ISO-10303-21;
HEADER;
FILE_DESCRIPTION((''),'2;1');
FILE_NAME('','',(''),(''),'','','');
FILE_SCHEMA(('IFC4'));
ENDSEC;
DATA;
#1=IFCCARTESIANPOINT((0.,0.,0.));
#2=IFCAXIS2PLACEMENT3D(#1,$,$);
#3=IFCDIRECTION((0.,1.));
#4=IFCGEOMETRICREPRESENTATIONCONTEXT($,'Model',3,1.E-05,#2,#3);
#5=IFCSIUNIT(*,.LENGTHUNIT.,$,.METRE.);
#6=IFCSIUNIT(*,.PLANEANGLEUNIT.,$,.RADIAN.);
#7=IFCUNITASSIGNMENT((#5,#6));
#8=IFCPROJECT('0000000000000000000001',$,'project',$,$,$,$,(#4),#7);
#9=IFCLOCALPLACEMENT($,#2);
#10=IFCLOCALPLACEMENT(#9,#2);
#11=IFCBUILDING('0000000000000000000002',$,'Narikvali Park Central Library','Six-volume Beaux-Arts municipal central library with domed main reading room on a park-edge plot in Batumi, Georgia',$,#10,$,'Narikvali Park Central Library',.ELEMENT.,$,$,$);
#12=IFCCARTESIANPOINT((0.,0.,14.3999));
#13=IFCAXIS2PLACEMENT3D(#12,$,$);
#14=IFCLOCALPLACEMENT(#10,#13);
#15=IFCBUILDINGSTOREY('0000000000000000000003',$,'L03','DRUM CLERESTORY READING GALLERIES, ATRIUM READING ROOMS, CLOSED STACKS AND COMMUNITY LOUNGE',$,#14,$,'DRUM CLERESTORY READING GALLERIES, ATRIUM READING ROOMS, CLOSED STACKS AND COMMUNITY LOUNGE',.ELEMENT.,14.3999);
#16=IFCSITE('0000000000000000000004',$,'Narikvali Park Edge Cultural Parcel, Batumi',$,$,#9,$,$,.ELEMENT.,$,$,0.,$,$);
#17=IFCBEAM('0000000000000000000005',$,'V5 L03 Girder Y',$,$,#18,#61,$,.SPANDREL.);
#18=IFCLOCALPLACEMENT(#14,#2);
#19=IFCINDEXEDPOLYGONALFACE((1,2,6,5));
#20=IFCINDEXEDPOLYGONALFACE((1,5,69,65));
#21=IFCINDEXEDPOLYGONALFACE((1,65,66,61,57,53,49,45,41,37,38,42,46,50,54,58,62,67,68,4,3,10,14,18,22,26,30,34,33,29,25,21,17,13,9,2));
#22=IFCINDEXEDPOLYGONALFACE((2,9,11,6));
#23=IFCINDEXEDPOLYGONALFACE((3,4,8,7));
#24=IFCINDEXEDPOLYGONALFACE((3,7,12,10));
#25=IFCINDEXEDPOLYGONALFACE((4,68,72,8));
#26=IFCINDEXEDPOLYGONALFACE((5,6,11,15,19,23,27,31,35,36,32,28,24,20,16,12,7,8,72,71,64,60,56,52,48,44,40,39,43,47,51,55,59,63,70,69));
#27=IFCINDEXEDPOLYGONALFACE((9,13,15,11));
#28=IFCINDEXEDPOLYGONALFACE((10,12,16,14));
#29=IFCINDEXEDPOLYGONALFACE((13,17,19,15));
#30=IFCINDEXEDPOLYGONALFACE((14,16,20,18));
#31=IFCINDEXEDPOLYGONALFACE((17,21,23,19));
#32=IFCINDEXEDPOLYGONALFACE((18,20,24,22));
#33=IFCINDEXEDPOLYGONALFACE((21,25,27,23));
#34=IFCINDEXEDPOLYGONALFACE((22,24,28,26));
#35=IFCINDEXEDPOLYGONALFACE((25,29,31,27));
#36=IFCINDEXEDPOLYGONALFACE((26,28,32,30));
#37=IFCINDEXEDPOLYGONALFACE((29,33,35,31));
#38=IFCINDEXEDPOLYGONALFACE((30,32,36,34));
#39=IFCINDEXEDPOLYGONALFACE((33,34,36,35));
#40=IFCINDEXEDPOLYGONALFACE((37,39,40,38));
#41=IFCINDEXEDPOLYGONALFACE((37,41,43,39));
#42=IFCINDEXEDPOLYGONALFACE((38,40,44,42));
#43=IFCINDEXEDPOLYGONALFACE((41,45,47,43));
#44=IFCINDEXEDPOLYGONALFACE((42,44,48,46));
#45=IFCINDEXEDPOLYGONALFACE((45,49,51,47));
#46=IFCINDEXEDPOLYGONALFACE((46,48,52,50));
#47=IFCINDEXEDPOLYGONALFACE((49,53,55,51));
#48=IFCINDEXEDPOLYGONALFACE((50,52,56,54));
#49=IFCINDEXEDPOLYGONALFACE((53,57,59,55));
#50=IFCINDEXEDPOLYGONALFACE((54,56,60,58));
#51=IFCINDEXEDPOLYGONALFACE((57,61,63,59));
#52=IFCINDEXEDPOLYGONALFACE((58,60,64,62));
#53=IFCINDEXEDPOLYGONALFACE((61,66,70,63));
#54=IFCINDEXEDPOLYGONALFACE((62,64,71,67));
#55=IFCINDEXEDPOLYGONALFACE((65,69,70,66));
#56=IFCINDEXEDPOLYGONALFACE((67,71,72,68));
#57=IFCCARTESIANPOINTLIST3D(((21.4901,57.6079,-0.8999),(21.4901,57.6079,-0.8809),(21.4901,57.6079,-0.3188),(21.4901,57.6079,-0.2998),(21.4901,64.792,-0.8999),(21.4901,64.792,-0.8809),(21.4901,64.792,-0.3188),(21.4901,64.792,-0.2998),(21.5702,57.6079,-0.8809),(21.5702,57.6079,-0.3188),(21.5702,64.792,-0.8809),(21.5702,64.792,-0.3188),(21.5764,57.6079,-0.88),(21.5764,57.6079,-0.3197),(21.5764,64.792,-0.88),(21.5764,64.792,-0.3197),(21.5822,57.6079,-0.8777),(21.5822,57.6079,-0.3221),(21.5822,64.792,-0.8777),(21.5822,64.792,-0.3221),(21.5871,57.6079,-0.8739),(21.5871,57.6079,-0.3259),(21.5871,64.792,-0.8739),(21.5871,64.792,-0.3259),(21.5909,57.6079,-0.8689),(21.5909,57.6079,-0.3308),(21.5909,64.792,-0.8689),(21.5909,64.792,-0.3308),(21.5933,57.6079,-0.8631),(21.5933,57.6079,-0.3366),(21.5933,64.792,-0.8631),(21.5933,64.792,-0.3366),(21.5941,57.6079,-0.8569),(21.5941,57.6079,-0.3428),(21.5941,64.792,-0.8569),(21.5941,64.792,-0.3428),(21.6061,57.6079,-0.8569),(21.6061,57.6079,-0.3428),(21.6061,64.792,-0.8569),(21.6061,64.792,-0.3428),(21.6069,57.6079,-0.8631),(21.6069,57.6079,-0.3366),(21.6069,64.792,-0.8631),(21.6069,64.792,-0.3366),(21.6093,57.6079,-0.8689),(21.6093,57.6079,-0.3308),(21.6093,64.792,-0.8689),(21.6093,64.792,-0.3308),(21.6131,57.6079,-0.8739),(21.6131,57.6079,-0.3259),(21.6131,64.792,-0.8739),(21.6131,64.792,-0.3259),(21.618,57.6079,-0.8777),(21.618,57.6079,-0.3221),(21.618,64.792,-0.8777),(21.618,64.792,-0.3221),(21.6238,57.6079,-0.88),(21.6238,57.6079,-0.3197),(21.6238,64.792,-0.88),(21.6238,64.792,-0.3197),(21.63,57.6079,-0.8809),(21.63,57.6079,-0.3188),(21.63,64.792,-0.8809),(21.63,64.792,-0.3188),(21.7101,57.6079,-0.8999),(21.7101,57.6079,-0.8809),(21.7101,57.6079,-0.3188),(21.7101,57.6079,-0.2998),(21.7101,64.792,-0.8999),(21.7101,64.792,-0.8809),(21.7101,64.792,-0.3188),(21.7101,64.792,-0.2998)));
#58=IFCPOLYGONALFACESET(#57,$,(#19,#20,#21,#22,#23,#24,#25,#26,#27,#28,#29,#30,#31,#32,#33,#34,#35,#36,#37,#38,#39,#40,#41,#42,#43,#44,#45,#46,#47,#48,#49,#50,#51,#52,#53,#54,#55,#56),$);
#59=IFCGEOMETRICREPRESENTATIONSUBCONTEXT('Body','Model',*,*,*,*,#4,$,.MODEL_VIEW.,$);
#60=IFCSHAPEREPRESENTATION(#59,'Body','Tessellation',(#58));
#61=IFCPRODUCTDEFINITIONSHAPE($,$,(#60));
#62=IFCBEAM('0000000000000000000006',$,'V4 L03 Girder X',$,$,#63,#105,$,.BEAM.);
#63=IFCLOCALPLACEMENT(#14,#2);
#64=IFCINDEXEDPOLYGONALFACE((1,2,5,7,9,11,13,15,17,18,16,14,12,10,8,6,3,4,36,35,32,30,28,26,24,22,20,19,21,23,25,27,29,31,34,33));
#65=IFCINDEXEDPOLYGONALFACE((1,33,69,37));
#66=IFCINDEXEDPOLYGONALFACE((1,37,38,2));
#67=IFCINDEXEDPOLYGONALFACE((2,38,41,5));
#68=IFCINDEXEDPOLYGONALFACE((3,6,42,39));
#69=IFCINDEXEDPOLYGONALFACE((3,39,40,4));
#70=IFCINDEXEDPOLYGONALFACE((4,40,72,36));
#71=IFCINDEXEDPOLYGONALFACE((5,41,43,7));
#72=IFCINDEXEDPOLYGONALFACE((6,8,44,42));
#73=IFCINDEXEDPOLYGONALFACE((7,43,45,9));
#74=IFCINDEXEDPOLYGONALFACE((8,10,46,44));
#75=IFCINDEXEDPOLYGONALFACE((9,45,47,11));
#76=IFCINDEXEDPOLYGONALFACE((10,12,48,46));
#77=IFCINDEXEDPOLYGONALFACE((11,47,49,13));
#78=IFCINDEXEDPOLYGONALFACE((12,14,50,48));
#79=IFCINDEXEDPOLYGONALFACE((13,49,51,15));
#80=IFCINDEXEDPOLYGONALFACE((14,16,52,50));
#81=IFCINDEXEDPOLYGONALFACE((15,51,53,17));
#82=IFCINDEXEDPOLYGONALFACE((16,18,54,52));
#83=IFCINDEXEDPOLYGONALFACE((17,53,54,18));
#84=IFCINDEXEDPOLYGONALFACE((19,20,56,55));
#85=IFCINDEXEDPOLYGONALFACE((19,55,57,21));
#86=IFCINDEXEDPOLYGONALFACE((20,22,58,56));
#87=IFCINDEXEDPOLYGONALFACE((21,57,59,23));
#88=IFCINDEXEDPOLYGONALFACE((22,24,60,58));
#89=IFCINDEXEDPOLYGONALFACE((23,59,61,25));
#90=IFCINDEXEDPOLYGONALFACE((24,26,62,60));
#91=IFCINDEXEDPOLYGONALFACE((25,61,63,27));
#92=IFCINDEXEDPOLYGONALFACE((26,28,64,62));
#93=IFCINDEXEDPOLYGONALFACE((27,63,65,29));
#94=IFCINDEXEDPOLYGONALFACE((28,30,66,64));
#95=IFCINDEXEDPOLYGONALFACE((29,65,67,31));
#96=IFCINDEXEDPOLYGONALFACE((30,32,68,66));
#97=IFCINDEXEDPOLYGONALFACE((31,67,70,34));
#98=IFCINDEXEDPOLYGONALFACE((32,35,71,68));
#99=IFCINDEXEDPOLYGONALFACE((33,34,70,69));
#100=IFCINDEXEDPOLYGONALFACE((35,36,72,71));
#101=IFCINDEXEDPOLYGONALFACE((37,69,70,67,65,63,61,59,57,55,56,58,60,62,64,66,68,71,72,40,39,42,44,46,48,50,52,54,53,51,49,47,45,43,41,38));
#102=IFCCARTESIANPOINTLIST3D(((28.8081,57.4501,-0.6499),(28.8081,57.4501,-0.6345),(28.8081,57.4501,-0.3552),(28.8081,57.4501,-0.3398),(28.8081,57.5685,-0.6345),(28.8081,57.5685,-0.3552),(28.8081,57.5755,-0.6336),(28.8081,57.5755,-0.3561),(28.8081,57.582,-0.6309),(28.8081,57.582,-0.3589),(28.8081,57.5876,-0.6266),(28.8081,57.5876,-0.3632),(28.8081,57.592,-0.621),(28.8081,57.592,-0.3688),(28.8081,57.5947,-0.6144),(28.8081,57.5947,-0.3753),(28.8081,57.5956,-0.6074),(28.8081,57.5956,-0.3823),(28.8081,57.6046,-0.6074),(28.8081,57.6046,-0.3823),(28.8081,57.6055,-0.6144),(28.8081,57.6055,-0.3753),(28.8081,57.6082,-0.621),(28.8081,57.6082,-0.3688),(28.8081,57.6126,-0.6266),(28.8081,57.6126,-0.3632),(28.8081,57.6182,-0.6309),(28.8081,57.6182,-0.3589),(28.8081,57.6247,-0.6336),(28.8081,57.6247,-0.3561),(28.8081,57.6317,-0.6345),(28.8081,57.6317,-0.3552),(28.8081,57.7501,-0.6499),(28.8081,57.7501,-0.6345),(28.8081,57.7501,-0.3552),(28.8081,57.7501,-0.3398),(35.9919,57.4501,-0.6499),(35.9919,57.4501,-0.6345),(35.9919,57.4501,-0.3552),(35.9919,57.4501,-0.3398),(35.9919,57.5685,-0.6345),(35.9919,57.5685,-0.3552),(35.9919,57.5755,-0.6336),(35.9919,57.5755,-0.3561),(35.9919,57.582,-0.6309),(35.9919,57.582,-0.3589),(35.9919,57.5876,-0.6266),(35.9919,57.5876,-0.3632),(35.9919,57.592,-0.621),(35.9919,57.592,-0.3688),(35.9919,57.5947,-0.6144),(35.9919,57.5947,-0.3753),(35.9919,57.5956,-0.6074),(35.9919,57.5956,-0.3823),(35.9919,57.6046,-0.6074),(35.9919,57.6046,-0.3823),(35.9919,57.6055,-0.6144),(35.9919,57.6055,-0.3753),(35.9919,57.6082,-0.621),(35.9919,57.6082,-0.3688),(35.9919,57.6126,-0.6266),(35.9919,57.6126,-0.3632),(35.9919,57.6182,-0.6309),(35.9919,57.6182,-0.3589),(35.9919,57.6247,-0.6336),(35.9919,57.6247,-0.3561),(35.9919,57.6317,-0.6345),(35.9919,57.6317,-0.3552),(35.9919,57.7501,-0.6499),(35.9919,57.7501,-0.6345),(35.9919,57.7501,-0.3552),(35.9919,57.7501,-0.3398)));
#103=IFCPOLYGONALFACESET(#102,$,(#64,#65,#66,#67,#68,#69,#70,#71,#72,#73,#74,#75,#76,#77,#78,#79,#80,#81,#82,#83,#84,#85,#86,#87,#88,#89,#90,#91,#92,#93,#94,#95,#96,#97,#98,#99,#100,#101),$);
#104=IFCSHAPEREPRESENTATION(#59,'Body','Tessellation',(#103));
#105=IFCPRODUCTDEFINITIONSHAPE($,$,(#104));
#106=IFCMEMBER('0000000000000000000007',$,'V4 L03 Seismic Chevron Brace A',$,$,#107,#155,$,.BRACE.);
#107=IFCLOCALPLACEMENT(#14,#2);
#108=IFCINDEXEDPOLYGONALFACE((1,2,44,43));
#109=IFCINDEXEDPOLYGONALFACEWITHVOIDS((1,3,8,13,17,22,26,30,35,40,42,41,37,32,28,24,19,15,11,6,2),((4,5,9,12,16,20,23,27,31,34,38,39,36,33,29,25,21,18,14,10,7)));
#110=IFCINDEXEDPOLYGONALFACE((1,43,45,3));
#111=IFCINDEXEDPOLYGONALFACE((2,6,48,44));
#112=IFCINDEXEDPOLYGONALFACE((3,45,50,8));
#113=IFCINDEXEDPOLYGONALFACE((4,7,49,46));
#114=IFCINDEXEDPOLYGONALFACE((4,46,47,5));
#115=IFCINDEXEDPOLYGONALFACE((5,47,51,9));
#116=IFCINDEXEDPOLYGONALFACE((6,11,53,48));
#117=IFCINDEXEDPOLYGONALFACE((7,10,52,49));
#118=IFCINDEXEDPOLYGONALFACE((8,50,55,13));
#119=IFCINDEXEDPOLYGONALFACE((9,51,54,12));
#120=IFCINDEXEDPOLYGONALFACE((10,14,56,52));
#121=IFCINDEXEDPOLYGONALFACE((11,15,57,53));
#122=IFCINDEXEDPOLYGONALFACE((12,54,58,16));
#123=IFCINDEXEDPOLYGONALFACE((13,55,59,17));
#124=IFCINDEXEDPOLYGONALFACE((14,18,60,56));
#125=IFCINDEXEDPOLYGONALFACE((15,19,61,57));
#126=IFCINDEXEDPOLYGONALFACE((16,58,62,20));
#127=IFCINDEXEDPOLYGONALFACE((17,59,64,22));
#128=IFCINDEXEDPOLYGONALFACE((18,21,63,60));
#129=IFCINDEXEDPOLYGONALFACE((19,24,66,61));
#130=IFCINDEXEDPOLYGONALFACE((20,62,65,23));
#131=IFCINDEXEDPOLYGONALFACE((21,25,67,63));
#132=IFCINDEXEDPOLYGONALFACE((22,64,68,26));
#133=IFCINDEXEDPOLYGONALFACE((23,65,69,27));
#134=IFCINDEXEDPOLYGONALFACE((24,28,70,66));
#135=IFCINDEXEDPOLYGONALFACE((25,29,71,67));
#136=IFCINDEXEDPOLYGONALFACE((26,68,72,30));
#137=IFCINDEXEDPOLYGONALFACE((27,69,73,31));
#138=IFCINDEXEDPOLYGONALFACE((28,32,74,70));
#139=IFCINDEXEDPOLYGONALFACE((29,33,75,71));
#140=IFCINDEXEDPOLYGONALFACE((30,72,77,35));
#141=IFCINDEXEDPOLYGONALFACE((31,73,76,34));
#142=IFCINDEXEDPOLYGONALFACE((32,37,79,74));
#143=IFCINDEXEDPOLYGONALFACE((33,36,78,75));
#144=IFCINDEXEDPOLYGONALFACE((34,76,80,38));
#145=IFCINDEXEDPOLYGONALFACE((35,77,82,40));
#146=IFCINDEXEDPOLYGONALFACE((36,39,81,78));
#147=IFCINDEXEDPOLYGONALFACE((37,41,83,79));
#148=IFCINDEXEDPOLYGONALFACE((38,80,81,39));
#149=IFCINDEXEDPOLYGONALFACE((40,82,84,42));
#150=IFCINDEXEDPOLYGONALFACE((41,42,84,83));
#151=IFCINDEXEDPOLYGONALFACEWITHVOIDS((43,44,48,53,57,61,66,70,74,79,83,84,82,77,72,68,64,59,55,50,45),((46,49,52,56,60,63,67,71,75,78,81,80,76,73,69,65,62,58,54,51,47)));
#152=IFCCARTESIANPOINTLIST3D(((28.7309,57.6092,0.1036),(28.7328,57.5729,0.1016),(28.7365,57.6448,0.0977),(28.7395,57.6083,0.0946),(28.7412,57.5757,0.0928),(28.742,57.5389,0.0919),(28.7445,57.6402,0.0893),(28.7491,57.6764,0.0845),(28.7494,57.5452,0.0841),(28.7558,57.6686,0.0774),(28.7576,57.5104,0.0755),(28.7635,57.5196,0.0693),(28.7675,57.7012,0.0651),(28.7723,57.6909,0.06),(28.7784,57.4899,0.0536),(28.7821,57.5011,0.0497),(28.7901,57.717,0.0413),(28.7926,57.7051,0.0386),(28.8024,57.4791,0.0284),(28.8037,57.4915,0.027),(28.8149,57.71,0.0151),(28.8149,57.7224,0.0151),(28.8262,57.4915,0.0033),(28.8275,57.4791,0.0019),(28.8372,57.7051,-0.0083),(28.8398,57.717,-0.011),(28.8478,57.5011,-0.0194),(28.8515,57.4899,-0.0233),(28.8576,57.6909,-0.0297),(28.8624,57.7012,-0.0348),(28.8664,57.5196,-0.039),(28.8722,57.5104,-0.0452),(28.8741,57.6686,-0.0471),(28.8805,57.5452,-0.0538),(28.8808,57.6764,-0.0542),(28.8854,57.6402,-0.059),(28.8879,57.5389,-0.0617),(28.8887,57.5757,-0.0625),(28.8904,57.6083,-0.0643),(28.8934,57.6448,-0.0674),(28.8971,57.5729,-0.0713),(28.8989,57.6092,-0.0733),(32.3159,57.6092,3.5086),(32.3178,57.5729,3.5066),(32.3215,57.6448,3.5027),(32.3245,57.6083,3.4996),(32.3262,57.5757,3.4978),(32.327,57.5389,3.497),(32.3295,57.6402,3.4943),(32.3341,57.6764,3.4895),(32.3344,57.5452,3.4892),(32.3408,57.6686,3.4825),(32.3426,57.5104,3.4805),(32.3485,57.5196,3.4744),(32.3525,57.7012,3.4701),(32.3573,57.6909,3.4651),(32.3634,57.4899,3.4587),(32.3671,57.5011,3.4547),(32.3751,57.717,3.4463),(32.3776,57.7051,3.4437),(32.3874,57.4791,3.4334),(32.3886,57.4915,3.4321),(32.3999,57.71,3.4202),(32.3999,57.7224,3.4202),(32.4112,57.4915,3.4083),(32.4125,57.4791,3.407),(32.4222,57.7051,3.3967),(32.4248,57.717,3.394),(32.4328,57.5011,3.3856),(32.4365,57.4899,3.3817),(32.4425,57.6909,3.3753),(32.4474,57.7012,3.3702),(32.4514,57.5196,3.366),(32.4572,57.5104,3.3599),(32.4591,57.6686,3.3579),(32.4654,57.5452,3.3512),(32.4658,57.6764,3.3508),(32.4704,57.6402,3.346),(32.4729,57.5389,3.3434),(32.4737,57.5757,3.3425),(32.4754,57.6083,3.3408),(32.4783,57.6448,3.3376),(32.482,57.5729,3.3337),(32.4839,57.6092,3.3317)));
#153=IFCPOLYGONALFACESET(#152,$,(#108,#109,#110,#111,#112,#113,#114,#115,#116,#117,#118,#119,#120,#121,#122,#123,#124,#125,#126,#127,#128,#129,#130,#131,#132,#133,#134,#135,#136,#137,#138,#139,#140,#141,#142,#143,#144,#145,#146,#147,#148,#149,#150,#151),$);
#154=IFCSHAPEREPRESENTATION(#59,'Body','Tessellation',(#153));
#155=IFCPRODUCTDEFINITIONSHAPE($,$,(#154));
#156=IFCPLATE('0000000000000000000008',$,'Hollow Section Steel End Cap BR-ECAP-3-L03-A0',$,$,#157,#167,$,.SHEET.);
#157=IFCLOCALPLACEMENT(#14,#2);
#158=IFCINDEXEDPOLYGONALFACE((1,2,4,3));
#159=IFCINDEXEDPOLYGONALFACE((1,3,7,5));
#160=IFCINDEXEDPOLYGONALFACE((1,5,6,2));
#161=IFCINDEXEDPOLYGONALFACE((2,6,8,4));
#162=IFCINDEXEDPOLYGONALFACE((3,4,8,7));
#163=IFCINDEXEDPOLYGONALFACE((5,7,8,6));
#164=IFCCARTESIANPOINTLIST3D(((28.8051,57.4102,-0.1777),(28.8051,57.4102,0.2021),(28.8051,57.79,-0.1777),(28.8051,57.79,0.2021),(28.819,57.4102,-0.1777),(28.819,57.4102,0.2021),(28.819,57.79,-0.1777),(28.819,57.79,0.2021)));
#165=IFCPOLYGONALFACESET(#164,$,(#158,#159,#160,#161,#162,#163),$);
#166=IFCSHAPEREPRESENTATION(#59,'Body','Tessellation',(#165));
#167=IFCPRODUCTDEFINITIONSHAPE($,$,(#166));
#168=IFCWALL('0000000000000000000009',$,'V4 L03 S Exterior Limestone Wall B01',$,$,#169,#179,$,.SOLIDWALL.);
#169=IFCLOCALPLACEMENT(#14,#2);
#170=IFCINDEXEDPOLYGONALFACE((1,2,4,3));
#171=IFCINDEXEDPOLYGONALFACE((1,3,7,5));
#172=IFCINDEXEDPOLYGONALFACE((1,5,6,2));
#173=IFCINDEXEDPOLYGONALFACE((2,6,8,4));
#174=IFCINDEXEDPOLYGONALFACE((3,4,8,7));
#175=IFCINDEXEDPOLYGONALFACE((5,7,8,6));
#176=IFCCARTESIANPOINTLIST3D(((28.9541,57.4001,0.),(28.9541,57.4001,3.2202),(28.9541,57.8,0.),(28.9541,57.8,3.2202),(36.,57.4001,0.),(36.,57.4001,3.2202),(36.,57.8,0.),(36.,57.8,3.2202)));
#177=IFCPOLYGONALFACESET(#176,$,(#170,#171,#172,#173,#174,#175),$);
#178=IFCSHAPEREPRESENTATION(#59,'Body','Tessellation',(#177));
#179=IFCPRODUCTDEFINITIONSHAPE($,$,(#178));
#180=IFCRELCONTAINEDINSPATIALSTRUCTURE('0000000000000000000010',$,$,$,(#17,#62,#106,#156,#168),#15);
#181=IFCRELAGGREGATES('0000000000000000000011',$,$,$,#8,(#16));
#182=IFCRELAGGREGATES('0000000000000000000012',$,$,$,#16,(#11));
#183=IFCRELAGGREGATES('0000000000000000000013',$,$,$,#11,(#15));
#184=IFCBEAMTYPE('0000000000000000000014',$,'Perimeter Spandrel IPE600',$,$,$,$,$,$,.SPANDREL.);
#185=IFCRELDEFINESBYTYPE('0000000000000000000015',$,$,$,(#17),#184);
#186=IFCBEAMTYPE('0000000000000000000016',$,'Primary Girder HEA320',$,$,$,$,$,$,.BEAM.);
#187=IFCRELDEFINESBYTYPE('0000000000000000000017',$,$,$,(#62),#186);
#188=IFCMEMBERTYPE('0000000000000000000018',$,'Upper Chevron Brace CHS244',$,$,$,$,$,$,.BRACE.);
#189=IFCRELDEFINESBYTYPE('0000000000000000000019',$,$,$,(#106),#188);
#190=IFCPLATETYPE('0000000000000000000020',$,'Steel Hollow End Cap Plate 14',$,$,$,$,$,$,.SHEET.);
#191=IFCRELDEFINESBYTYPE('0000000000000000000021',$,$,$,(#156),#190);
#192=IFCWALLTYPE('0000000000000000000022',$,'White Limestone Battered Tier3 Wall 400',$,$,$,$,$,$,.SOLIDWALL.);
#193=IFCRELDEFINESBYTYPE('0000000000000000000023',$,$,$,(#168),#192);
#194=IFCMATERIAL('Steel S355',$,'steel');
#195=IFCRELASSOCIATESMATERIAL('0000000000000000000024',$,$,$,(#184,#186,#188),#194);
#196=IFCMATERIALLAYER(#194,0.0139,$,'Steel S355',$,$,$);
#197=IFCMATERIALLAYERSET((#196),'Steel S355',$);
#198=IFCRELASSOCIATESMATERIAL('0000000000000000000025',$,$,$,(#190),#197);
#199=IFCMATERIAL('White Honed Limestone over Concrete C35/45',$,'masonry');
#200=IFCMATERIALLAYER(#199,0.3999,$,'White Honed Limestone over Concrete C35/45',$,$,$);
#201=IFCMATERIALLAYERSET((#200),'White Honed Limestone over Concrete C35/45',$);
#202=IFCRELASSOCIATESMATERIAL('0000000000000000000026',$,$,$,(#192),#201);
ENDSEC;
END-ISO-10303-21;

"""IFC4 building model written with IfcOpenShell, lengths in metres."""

from ifc_helpers import new_model, si_unit, direction, frame, frame_2d, origin, origin_2d, place, context, subcontext, project, spatial, rectangle, hollow_circle, i_section, extrude, material, layer, layer_set, material_profile, profile_set, type_object, element, save


model = new_model("IFC4")

# Units and contexts
model_context = context("Model", 3, precision=1e-05, world=origin(), true_north=direction((0.0, 1.0)))
body_context = subcontext(model_context, "Body", "Model", "MODEL_VIEW")
ifc_project = project(units=[si_unit("LENGTHUNIT", "METRE"), si_unit("PLANEANGLEUNIT", "RADIAN")], contexts=[model_context])

# Site, building, storey
site_placement = place(None, origin())
site = spatial("IfcSite", under=ifc_project, at=site_placement, Name="Narikvali Park Edge Cultural Parcel, Batumi", CompositionType="ELEMENT", RefElevation=0.0)
building_placement = place(site_placement, origin())
building = spatial("IfcBuilding", under=site, at=building_placement, Name="Narikvali Park Central Library", Description="Six-volume Beaux-Arts municipal central library with domed main reading room on a park-edge plot in Batumi, Georgia", LongName="Narikvali Park Central Library", CompositionType="ELEMENT")
storey_placement = place(building_placement, frame((0.0, 0.0, 14.3999)))
storey = spatial("IfcBuildingStorey", under=building, at=storey_placement, Name="L03", Description="DRUM CLERESTORY READING GALLERIES, ATRIUM READING ROOMS, CLOSED STACKS AND COMMUNITY LOUNGE", LongName="DRUM CLERESTORY READING GALLERIES, ATRIUM READING ROOMS, CLOSED STACKS AND COMMUNITY LOUNGE", CompositionType="ELEMENT", Elevation=14.3999)

# Shared definitions
ifc_material_1 = material(Name="Steel S355", Category="steel")

# Beams
ifc_material_profile_1 = material_profile(ifc_material_1, i_section(OverallWidth=0.22, OverallDepth=0.6001, WebThickness=0.012, FlangeThickness=0.019, FilletRadius=0.0239, at=origin_2d()), Name="IPE 600")
ifc_profile_set_1 = profile_set([ifc_material_profile_1], Name="Steel S355")
beam_type_1 = type_object("IfcBeamType", Name="Perimeter Spandrel IPE600", PredefinedType="SPANDREL", material=ifc_profile_set_1)
beam_1_placement = place(storey_placement, frame((21.6001, 57.6079, -0.5999), z_axis=(0.0, 1.0, 0.0), x_axis=(-1.0, 0.0, 0.0)))
element("IfcBeam", 1, at=beam_1_placement, inside=storey, type_object=beam_type_1, Name="V5 L03 Girder Y", PredefinedType="SPANDREL", context=body_context, shape_type="SweptSolid", body=[
    extrude(i_section(OverallWidth=0.22, OverallDepth=0.6001, WebThickness=0.012, FlangeThickness=0.019, FilletRadius=0.0239, at=origin_2d()), origin(), (0.0, 0.0, 1.0), 7.1841),
])
ifc_material_profile_2 = material_profile(ifc_material_1, i_section(OverallWidth=0.3, OverallDepth=0.3101, WebThickness=0.009, FlangeThickness=0.0154, FilletRadius=0.0271, at=origin_2d()), Name="HEA 320")
ifc_profile_set_2 = profile_set([ifc_material_profile_2], Name="Steel S355")
beam_type_2 = type_object("IfcBeamType", Name="Primary Girder HEA320", PredefinedType="BEAM", material=ifc_profile_set_2)
beam_2_placement = place(storey_placement, frame((28.8081, 57.6001, -0.4949), z_axis=(1.0, 0.0, 0.0), x_axis=(0.0, 1.0, 0.0)))
element("IfcBeam", 2, at=beam_2_placement, inside=storey, type_object=beam_type_2, Name="V4 L03 Girder X", PredefinedType="BEAM", context=body_context, shape_type="SweptSolid", body=[
    extrude(i_section(OverallWidth=0.3, OverallDepth=0.3101, WebThickness=0.009, FlangeThickness=0.0154, FilletRadius=0.0271, at=origin_2d()), origin(), (0.0, 0.0, 1.0), 7.1838),
])

# Member
ifc_material_profile_3 = material_profile(ifc_material_1, hollow_circle(Radius=0.1223, WallThickness=0.0125, at=origin_2d()), Name="CHS 244.5x12.5")
ifc_profile_set_3 = profile_set([ifc_material_profile_3], Name="Steel S355")
member_type = type_object("IfcMemberType", Name="Upper Chevron Brace CHS244", PredefinedType="BRACE", material=ifc_profile_set_3)
member_placement = place(storey_placement, frame((28.8149, 57.6001, 0.0151), z_axis=(0.725068, 0.0, 0.688677), x_axis=(0.0, 1.0, 0.0)))
element("IfcMember", 3, at=member_placement, inside=storey, type_object=member_type, Name="V4 L03 Seismic Chevron Brace A", PredefinedType="BRACE", context=body_context, shape_type="SweptSolid", body=[
    extrude(hollow_circle(Radius=0.1223, WallThickness=0.0125, at=origin_2d()), origin(), (0.0, 0.0, 1.0), 4.9443),
])

# Plate
ifc_layer_1 = layer(ifc_material_1, 0.0139, Name="Steel S355")
ifc_layer_set_1 = layer_set([ifc_layer_1], Name="Steel S355")
plate_type = type_object("IfcPlateType", Name="Steel Hollow End Cap Plate 14", PredefinedType="SHEET", material=ifc_layer_set_1)
plate_placement = place(storey_placement, frame((28.812, 57.6001, -0.1777), z_axis=(0.0, 0.0, 1.0), x_axis=(-1.0, 0.0, 0.0)))
element("IfcPlate", 4, at=plate_placement, inside=storey, type_object=plate_type, Name="Hollow Section Steel End Cap BR-ECAP-3-L03-A0", PredefinedType="SHEET", context=body_context, shape_type="SweptSolid", body=[
    extrude(rectangle(XDim=0.0139, YDim=0.3799, at=origin_2d()), origin(), (0.0, 0.0, 1.0), 0.3799),
])

# Wall
ifc_material_2 = material(Name="White Honed Limestone over Concrete C35/45", Category="masonry")
ifc_layer_2 = layer(ifc_material_2, 0.3999, Name="White Honed Limestone over Concrete C35/45")
ifc_layer_set_2 = layer_set([ifc_layer_2], Name="White Honed Limestone over Concrete C35/45")
wall_type = type_object("IfcWallType", Name="White Limestone Battered Tier3 Wall 400", PredefinedType="SOLIDWALL", material=ifc_layer_set_2)
wall_1_placement = place(storey_placement, frame((28.9541, 57.6001, 0.0), z_axis=(0.0, 0.0, 1.0), x_axis=(1.0, 0.0, 0.0)))
element("IfcWall", 5, at=wall_1_placement, inside=storey, type_object=wall_type, Name="V4 L03 S Exterior Limestone Wall B01", PredefinedType="SOLIDWALL", context=body_context, shape_type="SweptSolid", body=[
    extrude(rectangle(XDim=7.0459, YDim=0.3999, at=frame_2d((3.5229, 0.0))), origin(), (0.0, 0.0, 1.0), 3.2202),
])

save(model, "model.ifc")
